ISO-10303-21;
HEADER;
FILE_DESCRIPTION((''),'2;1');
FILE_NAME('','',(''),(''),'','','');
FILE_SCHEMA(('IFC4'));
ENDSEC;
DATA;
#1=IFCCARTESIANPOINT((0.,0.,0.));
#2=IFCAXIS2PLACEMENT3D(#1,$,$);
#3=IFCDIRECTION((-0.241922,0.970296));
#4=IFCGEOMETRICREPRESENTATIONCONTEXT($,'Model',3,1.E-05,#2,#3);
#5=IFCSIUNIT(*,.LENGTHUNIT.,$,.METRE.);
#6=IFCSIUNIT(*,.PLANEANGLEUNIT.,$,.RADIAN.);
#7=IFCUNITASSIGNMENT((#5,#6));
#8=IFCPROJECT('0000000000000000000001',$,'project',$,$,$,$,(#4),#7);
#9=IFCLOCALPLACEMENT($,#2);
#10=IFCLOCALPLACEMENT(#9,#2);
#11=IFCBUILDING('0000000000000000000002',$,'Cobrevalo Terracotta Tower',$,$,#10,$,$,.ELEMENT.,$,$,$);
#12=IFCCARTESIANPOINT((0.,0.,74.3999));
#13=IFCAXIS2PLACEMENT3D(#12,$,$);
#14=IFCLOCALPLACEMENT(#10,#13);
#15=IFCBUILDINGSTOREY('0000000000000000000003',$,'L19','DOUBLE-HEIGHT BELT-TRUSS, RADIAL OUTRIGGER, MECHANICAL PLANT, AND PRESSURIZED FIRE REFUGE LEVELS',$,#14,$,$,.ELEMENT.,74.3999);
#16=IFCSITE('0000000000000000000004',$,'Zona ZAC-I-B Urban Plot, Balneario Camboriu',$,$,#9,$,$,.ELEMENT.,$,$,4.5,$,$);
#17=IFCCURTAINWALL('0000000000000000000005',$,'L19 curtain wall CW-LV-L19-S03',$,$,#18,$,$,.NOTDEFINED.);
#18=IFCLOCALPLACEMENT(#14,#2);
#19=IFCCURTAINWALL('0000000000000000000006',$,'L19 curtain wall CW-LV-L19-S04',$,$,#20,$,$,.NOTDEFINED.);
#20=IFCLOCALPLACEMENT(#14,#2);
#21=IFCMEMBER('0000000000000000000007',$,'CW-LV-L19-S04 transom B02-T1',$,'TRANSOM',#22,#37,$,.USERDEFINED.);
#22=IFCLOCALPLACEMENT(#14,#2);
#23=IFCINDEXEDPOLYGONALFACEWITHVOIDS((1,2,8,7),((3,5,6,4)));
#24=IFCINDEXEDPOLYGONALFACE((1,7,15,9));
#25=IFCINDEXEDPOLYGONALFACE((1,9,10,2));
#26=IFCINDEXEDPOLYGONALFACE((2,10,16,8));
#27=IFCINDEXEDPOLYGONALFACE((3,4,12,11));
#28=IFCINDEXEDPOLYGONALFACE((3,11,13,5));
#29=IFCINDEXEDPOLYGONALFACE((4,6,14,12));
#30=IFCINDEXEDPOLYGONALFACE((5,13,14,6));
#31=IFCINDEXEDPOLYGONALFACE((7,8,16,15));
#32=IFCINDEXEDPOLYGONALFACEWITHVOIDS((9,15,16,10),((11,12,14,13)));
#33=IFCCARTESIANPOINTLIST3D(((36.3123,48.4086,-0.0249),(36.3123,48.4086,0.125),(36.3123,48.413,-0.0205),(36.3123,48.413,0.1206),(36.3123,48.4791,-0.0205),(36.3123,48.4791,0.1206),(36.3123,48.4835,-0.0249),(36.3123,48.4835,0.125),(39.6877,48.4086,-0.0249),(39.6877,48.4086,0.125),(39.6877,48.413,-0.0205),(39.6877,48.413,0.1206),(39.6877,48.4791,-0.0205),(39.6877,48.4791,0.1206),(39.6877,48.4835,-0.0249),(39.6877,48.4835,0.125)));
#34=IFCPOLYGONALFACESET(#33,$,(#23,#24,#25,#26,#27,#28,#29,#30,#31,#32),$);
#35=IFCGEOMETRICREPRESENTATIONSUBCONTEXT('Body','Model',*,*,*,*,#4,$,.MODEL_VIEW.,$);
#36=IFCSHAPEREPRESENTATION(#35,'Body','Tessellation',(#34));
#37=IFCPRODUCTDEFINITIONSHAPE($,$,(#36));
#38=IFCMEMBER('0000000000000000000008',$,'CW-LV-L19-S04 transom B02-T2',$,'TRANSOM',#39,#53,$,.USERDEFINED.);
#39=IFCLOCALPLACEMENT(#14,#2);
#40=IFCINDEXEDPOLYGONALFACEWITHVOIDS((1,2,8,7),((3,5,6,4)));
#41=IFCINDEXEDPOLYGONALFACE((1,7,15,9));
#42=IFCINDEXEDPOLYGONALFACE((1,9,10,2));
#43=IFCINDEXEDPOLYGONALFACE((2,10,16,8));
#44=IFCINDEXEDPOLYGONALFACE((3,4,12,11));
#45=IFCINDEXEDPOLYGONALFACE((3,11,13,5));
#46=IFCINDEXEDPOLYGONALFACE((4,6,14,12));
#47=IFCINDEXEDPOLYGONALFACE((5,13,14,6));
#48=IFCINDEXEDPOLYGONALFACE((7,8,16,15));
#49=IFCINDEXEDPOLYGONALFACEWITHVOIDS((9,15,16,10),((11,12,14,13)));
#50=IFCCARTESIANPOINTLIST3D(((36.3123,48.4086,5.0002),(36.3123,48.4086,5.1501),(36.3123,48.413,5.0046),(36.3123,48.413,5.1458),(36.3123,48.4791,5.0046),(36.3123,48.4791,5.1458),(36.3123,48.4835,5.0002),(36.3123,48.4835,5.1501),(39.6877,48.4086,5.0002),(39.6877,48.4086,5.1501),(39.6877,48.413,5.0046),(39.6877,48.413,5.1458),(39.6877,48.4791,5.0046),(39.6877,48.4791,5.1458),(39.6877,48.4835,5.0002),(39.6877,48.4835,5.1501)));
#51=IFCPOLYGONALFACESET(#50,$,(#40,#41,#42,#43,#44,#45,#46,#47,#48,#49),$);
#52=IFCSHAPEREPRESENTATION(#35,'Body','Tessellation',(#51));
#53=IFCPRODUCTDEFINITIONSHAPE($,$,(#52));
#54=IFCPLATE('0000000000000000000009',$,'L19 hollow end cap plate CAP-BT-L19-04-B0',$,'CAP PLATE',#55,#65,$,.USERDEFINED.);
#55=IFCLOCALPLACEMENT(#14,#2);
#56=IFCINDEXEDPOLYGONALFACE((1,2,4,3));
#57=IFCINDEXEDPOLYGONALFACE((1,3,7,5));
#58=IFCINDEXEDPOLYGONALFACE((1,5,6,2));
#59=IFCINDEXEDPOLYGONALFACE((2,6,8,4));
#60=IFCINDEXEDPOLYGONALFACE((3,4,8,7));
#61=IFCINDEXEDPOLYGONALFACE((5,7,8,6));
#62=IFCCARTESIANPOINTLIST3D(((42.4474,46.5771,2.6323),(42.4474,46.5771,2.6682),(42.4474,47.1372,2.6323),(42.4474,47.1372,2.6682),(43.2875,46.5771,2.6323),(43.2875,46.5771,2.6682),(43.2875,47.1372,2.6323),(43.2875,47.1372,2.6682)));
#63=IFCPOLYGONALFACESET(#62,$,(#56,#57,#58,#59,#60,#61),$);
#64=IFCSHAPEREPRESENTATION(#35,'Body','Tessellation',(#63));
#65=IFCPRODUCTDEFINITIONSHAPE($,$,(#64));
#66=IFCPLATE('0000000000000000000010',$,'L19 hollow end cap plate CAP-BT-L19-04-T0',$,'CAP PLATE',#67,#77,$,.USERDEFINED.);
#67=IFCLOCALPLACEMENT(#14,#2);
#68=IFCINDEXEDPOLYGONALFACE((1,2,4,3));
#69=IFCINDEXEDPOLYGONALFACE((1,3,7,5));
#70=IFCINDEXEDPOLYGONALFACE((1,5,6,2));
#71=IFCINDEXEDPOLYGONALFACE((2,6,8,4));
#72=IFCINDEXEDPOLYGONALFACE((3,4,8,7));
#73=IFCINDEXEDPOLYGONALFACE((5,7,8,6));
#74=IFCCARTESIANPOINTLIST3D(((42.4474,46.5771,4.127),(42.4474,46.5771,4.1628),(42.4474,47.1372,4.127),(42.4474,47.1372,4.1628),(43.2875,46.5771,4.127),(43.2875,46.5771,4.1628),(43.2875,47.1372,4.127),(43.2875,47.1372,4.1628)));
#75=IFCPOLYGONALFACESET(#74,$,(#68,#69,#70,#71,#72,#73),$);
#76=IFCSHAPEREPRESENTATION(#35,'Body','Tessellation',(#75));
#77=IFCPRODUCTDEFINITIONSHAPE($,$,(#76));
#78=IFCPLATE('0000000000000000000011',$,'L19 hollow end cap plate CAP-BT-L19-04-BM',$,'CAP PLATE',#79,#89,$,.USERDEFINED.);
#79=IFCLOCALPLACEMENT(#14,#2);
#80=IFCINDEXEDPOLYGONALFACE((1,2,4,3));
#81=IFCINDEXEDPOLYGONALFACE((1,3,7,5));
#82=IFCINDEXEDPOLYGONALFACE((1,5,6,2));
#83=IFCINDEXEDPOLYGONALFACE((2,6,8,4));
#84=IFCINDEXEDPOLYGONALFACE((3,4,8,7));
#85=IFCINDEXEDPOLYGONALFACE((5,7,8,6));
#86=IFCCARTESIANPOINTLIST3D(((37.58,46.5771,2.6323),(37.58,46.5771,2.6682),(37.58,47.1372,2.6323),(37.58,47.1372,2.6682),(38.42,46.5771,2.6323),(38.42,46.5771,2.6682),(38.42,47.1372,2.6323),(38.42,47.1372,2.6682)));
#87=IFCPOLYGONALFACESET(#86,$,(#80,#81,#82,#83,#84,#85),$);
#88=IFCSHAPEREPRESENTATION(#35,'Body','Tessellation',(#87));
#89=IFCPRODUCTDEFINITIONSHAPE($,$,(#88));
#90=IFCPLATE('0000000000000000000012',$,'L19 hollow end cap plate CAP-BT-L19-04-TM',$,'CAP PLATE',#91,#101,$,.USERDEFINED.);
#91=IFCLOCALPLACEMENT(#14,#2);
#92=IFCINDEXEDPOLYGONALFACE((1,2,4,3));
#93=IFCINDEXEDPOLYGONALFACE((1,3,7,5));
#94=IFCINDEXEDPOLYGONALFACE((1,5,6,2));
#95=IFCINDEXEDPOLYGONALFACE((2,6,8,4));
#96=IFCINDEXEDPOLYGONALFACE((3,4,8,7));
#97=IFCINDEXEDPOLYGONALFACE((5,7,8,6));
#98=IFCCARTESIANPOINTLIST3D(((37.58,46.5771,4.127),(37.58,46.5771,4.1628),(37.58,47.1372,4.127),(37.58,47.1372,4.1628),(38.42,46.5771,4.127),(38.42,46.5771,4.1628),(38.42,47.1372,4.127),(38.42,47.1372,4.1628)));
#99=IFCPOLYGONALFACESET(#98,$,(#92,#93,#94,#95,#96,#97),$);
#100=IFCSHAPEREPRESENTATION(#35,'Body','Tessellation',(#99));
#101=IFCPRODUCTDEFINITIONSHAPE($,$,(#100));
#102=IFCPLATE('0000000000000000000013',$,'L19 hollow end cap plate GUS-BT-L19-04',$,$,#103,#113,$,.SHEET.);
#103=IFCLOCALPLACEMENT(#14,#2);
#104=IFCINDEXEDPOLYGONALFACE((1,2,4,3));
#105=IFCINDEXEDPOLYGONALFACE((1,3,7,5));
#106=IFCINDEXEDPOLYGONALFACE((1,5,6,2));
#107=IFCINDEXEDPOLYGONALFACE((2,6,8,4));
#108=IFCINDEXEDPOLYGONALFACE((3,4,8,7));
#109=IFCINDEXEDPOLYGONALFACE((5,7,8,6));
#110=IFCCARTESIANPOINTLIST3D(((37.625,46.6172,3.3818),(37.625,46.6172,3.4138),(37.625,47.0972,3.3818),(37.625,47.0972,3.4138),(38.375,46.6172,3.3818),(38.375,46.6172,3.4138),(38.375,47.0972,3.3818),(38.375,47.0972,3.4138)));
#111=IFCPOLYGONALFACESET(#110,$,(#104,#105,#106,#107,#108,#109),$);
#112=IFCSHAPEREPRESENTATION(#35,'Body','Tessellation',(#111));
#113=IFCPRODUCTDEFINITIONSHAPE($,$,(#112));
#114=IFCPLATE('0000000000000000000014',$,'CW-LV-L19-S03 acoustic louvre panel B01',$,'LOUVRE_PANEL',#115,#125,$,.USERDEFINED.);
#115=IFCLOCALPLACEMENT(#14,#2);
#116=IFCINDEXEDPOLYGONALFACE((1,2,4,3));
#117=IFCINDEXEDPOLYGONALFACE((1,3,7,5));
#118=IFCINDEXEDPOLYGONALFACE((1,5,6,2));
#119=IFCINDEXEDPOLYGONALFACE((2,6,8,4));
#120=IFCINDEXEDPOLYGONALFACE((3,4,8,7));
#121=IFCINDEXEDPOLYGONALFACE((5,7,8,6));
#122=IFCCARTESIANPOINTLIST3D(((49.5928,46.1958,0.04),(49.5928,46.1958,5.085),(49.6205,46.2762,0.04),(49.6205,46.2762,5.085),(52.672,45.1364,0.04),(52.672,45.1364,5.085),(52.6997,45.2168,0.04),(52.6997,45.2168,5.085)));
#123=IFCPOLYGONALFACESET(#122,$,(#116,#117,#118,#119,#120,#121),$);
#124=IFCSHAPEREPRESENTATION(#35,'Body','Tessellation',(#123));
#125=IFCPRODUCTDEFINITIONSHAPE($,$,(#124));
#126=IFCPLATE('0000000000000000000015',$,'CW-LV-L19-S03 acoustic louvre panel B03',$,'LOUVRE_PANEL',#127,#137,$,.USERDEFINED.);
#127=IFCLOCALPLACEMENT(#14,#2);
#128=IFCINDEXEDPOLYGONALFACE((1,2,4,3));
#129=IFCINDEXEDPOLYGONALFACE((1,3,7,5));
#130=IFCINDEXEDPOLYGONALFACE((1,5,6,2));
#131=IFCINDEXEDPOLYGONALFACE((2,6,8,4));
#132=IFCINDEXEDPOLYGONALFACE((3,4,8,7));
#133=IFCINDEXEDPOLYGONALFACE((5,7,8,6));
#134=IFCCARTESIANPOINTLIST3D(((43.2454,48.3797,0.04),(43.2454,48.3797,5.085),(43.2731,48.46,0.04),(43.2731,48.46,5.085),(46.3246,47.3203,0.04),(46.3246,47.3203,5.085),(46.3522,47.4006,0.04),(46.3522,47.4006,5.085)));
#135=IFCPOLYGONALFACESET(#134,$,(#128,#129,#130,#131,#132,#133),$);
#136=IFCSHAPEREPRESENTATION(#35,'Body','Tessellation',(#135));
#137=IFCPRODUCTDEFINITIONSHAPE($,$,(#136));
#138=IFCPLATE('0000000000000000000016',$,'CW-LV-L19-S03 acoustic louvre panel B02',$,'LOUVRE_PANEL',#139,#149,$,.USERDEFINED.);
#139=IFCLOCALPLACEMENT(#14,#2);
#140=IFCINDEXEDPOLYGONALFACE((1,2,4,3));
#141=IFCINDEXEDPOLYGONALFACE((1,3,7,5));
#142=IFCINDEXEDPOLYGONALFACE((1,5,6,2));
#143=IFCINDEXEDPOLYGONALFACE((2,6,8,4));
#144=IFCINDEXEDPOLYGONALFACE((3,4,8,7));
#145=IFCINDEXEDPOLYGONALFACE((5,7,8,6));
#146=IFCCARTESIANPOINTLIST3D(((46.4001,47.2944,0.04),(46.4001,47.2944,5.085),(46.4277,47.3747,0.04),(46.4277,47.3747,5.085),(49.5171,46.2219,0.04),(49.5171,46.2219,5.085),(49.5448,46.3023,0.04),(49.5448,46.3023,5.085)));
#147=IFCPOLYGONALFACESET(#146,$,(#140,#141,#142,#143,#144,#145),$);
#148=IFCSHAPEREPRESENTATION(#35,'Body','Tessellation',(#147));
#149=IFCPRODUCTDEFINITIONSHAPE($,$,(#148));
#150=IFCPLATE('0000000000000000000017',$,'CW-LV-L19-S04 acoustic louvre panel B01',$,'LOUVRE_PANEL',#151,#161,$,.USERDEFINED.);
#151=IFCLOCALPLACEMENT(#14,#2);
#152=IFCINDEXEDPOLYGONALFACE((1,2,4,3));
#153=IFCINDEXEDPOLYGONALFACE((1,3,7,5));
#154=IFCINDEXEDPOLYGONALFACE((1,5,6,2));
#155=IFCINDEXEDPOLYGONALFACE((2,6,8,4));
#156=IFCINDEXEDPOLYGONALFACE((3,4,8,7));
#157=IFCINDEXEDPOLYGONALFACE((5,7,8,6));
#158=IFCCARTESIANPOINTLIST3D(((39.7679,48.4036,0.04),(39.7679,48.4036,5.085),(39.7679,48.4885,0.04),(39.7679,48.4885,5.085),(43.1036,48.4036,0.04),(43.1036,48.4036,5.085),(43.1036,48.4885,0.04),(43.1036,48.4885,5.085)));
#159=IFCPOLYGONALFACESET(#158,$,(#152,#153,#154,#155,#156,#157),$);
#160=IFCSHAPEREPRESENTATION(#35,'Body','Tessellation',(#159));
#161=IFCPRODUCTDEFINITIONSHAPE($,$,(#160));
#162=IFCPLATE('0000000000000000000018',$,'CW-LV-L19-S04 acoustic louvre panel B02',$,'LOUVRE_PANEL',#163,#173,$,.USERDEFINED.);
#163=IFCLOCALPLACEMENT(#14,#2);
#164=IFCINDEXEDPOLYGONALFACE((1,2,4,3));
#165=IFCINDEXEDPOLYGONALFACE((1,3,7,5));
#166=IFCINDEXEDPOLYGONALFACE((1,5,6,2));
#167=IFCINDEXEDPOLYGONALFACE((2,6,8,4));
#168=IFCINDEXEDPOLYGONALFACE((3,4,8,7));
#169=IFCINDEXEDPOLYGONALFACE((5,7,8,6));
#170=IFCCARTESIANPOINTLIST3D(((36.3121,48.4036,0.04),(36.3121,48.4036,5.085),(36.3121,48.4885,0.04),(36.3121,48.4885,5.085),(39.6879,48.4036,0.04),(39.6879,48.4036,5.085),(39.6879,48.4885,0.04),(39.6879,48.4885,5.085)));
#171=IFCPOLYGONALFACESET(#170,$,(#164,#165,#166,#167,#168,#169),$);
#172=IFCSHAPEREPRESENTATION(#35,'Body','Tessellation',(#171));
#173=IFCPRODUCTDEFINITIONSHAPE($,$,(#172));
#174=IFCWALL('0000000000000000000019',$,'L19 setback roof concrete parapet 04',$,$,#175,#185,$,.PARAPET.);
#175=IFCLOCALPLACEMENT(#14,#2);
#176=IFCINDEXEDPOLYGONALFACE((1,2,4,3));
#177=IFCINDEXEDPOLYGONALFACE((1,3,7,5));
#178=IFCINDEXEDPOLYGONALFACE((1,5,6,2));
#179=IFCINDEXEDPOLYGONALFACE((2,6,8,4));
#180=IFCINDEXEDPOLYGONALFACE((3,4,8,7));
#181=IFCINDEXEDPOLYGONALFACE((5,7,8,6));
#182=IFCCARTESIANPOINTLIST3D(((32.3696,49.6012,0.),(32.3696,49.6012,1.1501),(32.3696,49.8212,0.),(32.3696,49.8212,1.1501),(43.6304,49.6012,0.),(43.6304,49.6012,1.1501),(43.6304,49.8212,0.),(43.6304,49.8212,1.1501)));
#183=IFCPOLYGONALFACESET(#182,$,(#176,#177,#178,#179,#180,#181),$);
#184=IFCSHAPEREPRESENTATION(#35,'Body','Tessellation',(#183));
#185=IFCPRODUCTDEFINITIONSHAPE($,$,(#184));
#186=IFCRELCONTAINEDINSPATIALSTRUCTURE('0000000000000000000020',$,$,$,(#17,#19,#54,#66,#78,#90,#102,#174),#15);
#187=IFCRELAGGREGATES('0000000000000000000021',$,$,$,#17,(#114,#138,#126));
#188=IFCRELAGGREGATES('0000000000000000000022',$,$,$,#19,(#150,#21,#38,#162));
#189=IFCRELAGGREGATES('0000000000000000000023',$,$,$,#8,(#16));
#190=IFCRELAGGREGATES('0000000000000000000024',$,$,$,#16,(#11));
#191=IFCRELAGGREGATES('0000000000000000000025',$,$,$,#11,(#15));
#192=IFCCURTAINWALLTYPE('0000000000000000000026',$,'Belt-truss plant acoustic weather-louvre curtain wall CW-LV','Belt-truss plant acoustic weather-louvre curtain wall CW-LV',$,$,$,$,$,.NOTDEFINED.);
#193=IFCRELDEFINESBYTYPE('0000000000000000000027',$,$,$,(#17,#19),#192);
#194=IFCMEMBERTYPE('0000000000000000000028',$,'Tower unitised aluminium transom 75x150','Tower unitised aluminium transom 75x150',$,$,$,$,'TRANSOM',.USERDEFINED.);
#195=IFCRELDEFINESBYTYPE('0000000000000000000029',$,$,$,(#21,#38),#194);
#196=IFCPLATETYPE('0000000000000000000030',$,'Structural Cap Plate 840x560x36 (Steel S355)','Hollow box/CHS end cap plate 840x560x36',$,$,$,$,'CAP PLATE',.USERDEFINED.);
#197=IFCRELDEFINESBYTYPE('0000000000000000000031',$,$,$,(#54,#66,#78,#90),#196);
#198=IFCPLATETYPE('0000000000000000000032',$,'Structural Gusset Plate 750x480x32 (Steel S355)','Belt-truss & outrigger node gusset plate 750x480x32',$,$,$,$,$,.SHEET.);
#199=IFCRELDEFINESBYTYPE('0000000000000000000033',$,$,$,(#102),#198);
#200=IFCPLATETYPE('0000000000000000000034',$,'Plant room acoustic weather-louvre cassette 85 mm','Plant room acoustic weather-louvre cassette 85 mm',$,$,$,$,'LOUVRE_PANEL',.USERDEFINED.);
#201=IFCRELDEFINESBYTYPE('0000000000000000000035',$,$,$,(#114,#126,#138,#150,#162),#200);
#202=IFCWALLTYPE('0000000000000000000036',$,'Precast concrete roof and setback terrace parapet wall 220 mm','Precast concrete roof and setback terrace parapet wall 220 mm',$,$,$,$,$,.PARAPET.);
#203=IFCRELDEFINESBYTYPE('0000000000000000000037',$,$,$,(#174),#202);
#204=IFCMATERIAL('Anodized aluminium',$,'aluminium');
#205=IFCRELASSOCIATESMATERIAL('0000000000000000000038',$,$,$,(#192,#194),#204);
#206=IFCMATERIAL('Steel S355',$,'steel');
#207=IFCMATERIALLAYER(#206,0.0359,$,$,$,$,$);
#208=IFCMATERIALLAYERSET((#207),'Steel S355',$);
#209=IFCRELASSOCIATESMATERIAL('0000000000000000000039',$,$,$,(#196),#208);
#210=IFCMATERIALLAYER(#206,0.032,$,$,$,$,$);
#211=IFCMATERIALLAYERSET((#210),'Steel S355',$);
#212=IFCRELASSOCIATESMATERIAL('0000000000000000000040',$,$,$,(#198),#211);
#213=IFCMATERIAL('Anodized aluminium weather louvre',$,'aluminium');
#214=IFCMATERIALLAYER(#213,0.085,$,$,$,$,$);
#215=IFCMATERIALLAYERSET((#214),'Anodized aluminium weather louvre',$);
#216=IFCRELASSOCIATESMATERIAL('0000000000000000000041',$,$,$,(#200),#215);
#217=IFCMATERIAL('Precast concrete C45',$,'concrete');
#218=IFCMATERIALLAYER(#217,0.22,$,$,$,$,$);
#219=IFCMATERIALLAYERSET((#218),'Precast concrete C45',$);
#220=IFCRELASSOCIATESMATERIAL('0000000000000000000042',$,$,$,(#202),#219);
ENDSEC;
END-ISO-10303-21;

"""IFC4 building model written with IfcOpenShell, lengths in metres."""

from ifc_helpers import new_model, si_unit, direction, frame, frame_2d, origin, origin_2d, place, context, subcontext, project, spatial, rectangle, hollow_rectangle, extrude, source, transform, mapped, material, layer, layer_set, material_profile, profile_set, type_object, element, aggregate, save


model = new_model("IFC4")

# Units and contexts
model_context = context("Model", 3, precision=1e-05, world=origin(), true_north=direction((-0.241922, 0.970296)))
body_context = subcontext(model_context, "Body", "Model", "MODEL_VIEW")
ifc_project = project(units=[si_unit("LENGTHUNIT", "METRE"), si_unit("PLANEANGLEUNIT", "RADIAN")], contexts=[model_context])

# Site, building, storey
site_placement = place(None, origin())
site = spatial("IfcSite", under=ifc_project, at=site_placement, Name="Zona ZAC-I-B Urban Plot, Balneario Camboriu", CompositionType="ELEMENT", RefElevation=4.5)
building_placement = place(site_placement, origin())
building = spatial("IfcBuilding", under=site, at=building_placement, Name="Cobrevalo Terracotta Tower", CompositionType="ELEMENT")
storey_placement = place(building_placement, frame((0.0, 0.0, 74.3999)))
storey = spatial("IfcBuildingStorey", under=building, at=storey_placement, Name="L19", Description="DOUBLE-HEIGHT BELT-TRUSS, RADIAL OUTRIGGER, MECHANICAL PLANT, AND PRESSURIZED FIRE REFUGE LEVELS", CompositionType="ELEMENT", Elevation=74.3999)

# Shared definitions
ifc_material_1 = material(Name="Steel S355", Category="steel")

# Curtain walls
ifc_material_2 = material(Name="Anodized aluminium", Category="aluminium")
curtain_wall_type = type_object("IfcCurtainWallType", Name="Belt-truss plant acoustic weather-louvre curtain wall CW-LV", Description="Belt-truss plant acoustic weather-louvre curtain wall CW-LV", PredefinedType="NOTDEFINED", material=ifc_material_2)
curtain_wall_1_placement = place(storey_placement, origin())
curtain_wall_1 = element("IfcCurtainWall", 1, at=curtain_wall_1_placement, inside=storey, type_object=curtain_wall_type, Name="L19 curtain wall CW-LV-L19-S03", PredefinedType="NOTDEFINED")
curtain_wall_2_placement = place(storey_placement, origin())
curtain_wall_2 = element("IfcCurtainWall", 2, at=curtain_wall_2_placement, inside=storey, type_object=curtain_wall_type, Name="L19 curtain wall CW-LV-L19-S04", PredefinedType="NOTDEFINED")

# Members
ifc_material_profile_1 = material_profile(ifc_material_2, hollow_rectangle(XDim=0.075, YDim=0.1499, WallThickness=0.0044, at=origin_2d()), Name="CWT 75x150")
ifc_profile_set_1 = profile_set([ifc_material_profile_1], Name="Anodized aluminium")
member_type_1 = type_object("IfcMemberType", Name="Tower unitised aluminium transom 75x150", Description="Tower unitised aluminium transom 75x150", ElementType="TRANSOM", PredefinedType="USERDEFINED", material=ifc_profile_set_1)
shared_shape_1 = source(origin(), body_context, "Body", "SweptSolid", [
    extrude(hollow_rectangle(XDim=0.075, YDim=0.1499, WallThickness=0.0044, at=origin_2d()), origin(), (0.0, 0.0, 1.0), 3.3755),
])
member_1_placement = place(storey_placement, frame((39.6877, 48.446, 0.05), z_axis=(-1.0, 0.0, 0.0), x_axis=(0.0, -1.0, 0.0)))
member_1 = element("IfcMember", 3, at=member_1_placement, type_object=member_type_1, Name="CW-LV-L19-S04 transom B02-T1", ObjectType="TRANSOM", PredefinedType="USERDEFINED", context=body_context, shape_type="MappedRepresentation", body=[
    mapped(shared_shape_1, transform((0.0, 0.0, 0.0), scale=1.0)),
])
member_2_placement = place(storey_placement, frame((39.6877, 48.446, 5.0752), z_axis=(-1.0, 0.0, 0.0), x_axis=(0.0, -1.0, 0.0)))
member_2 = element("IfcMember", 4, at=member_2_placement, type_object=member_type_1, Name="CW-LV-L19-S04 transom B02-T2", ObjectType="TRANSOM", PredefinedType="USERDEFINED", context=body_context, shape_type="MappedRepresentation", body=[
    mapped(shared_shape_1, transform((0.0, 0.0, 0.0), scale=1.0)),
])

# Plates
ifc_layer_1 = layer(ifc_material_1, 0.0359)
ifc_layer_set_1 = layer_set([ifc_layer_1], Name="Steel S355")
plate_type_1 = type_object("IfcPlateType", Name="Structural Cap Plate 840x560x36 (Steel S355)", Description="Hollow box/CHS end cap plate 840x560x36", ElementType="CAP PLATE", PredefinedType="USERDEFINED", material=ifc_layer_set_1)
shared_shape_2 = source(origin(), body_context, "Body", "SweptSolid", [
    extrude(rectangle(XDim=0.8401, YDim=0.5601, at=origin_2d()), origin(), (0.0, 0.0, 1.0), 0.0359),
])
for number, where, z_axis, x_axis, name in (
    (5, (42.8674, 46.8572, 2.6323), (0.0, 0.0, 1.0), (-1.0, 0.0, 0.0), "L19 hollow end cap plate CAP-BT-L19-04-B0"),
    (6, (42.8674, 46.8572, 4.127), (0.0, 0.0, 1.0), (-1.0, 0.0, 0.0), "L19 hollow end cap plate CAP-BT-L19-04-T0"),
    (7, (38.0, 46.8572, 2.6323), (0.0, 0.0, 1.0), (-1.0, 0.0, 0.0), "L19 hollow end cap plate CAP-BT-L19-04-BM"),
    (8, (38.0, 46.8572, 4.127), (0.0, 0.0, 1.0), (-1.0, 0.0, 0.0), "L19 hollow end cap plate CAP-BT-L19-04-TM"),
):
    element("IfcPlate", number, at=place(storey_placement, frame(where, z_axis=z_axis, x_axis=x_axis)), inside=storey, type_object=plate_type_1, Name=name, ObjectType="CAP PLATE", PredefinedType="USERDEFINED", context=body_context, shape_type="MappedRepresentation", body=[
        mapped(shared_shape_2, transform((0.0, 0.0, 0.0), scale=1.0)),
    ])
ifc_layer_2 = layer(ifc_material_1, 0.032)
ifc_layer_set_2 = layer_set([ifc_layer_2], Name="Steel S355")
plate_type_2 = type_object("IfcPlateType", Name="Structural Gusset Plate 750x480x32 (Steel S355)", Description="Belt-truss & outrigger node gusset plate 750x480x32", PredefinedType="SHEET", material=ifc_layer_set_2)
shared_shape_3 = source(origin(), body_context, "Body", "SweptSolid", [
    extrude(rectangle(XDim=0.75, YDim=0.48, at=origin_2d()), origin(), (0.0, 0.0, 1.0), 0.032),
])
plate_1_placement = place(storey_placement, frame((38.0, 46.8572, 3.3818), z_axis=(0.0, 0.0, 1.0), x_axis=(-1.0, 0.0, 0.0)))
element("IfcPlate", 9, at=plate_1_placement, inside=storey, type_object=plate_type_2, Name="L19 hollow end cap plate GUS-BT-L19-04", PredefinedType="SHEET", context=body_context, shape_type="MappedRepresentation", body=[
    mapped(shared_shape_3, transform((0.0, 0.0, 0.0), scale=1.0)),
])

# Plates
ifc_material_3 = material(Name="Anodized aluminium weather louvre", Category="aluminium")
ifc_layer_3 = layer(ifc_material_3, 0.085)
ifc_layer_set_3 = layer_set([ifc_layer_3], Name="Anodized aluminium weather louvre")
plate_type_3 = type_object("IfcPlateType", Name="Plant room acoustic weather-louvre cassette 85 mm", Description="Plant room acoustic weather-louvre cassette 85 mm", ElementType="LOUVRE_PANEL", PredefinedType="USERDEFINED", material=ifc_layer_set_3)
shared_shape_4 = source(origin(), body_context, "Body", "SweptSolid", [
    extrude(rectangle(XDim=3.2563, YDim=0.085, at=origin_2d()), origin(), (0.0, 0.0, 1.0), 5.0449),
])
plate_2_placement = place(storey_placement, frame((51.1462, 45.7063, 0.04), z_axis=(0.0, 0.0, 1.0), x_axis=(-0.945596, 0.325342, 0.0)))
plate_2 = element("IfcPlate", 10, at=plate_2_placement, type_object=plate_type_3, Name="CW-LV-L19-S03 acoustic louvre panel B01", ObjectType="LOUVRE_PANEL", PredefinedType="USERDEFINED", context=body_context, shape_type="MappedRepresentation", body=[
    mapped(shared_shape_4, transform((0.0, 0.0, 0.0), scale=1.0)),
])
plate_3_placement = place(storey_placement, frame((44.7988, 47.8901, 0.04), z_axis=(0.0, 0.0, 1.0), x_axis=(-0.945596, 0.325342, 0.0)))
plate_3 = element("IfcPlate", 11, at=plate_3_placement, type_object=plate_type_3, Name="CW-LV-L19-S03 acoustic louvre panel B03", ObjectType="LOUVRE_PANEL", PredefinedType="USERDEFINED", context=body_context, shape_type="MappedRepresentation", body=[
    mapped(shared_shape_4, transform((0.0, 0.0, 0.0), scale=1.0)),
])
shared_shape_5 = source(origin(), body_context, "Body", "SweptSolid", [
    extrude(rectangle(XDim=3.2964, YDim=0.085, at=origin_2d()), origin(), (0.0, 0.0, 1.0), 5.0449),
])
plate_4_placement = place(storey_placement, frame((47.9724, 46.7983, 0.04), z_axis=(0.0, 0.0, 1.0), x_axis=(-0.945596, 0.325342, 0.0)))
plate_4 = element("IfcPlate", 12, at=plate_4_placement, type_object=plate_type_3, Name="CW-LV-L19-S03 acoustic louvre panel B02", ObjectType="LOUVRE_PANEL", PredefinedType="USERDEFINED", context=body_context, shape_type="MappedRepresentation", body=[
    mapped(shared_shape_5, transform((0.0, 0.0, 0.0), scale=1.0)),
])
aggregate(curtain_wall_1, [plate_2, plate_4, plate_3])
shared_shape_6 = source(origin(), body_context, "Body", "SweptSolid", [
    extrude(rectangle(XDim=3.3357, YDim=0.085, at=origin_2d()), origin(), (0.0, 0.0, 1.0), 5.0449),
])
plate_5_placement = place(storey_placement, frame((41.4358, 48.446, 0.04), z_axis=(0.0, 0.0, 1.0), x_axis=(-1.0, 0.0, 0.0)))
plate_5 = element("IfcPlate", 13, at=plate_5_placement, type_object=plate_type_3, Name="CW-LV-L19-S04 acoustic louvre panel B01", ObjectType="LOUVRE_PANEL", PredefinedType="USERDEFINED", context=body_context, shape_type="MappedRepresentation", body=[
    mapped(shared_shape_6, transform((0.0, 0.0, 0.0), scale=1.0)),
])
shared_shape_7 = source(origin(), body_context, "Body", "SweptSolid", [
    extrude(rectangle(XDim=3.3757, YDim=0.085, at=origin_2d()), origin(), (0.0, 0.0, 1.0), 5.0449),
])
plate_6_placement = place(storey_placement, frame((38.0, 48.446, 0.04), z_axis=(0.0, 0.0, 1.0), x_axis=(-1.0, 0.0, 0.0)))
plate_6 = element("IfcPlate", 14, at=plate_6_placement, type_object=plate_type_3, Name="CW-LV-L19-S04 acoustic louvre panel B02", ObjectType="LOUVRE_PANEL", PredefinedType="USERDEFINED", context=body_context, shape_type="MappedRepresentation", body=[
    mapped(shared_shape_7, transform((0.0, 0.0, 0.0), scale=1.0)),
])
aggregate(curtain_wall_2, [plate_5, member_1, member_2, plate_6])

# Wall
ifc_material_4 = material(Name="Precast concrete C45", Category="concrete")
ifc_layer_4 = layer(ifc_material_4, 0.22)
ifc_layer_set_4 = layer_set([ifc_layer_4], Name="Precast concrete C45")
wall_type = type_object("IfcWallType", Name="Precast concrete roof and setback terrace parapet wall 220 mm", Description="Precast concrete roof and setback terrace parapet wall 220 mm", PredefinedType="PARAPET", material=ifc_layer_set_4)
wall_placement = place(storey_placement, frame((43.6304, 49.7112, 0.0), z_axis=(0.0, 0.0, 1.0), x_axis=(-1.0, 0.0, 0.0)))
element("IfcWall", 15, at=wall_placement, inside=storey, type_object=wall_type, Name="L19 setback roof concrete parapet 04", PredefinedType="PARAPET", context=body_context, shape_type="SweptSolid", body=[
    extrude(rectangle(XDim=11.2607, YDim=0.22, at=frame_2d((5.6304, 0.0))), origin(), (0.0, 0.0, 1.0), 1.1501),
])

save(model, "model.ifc")
